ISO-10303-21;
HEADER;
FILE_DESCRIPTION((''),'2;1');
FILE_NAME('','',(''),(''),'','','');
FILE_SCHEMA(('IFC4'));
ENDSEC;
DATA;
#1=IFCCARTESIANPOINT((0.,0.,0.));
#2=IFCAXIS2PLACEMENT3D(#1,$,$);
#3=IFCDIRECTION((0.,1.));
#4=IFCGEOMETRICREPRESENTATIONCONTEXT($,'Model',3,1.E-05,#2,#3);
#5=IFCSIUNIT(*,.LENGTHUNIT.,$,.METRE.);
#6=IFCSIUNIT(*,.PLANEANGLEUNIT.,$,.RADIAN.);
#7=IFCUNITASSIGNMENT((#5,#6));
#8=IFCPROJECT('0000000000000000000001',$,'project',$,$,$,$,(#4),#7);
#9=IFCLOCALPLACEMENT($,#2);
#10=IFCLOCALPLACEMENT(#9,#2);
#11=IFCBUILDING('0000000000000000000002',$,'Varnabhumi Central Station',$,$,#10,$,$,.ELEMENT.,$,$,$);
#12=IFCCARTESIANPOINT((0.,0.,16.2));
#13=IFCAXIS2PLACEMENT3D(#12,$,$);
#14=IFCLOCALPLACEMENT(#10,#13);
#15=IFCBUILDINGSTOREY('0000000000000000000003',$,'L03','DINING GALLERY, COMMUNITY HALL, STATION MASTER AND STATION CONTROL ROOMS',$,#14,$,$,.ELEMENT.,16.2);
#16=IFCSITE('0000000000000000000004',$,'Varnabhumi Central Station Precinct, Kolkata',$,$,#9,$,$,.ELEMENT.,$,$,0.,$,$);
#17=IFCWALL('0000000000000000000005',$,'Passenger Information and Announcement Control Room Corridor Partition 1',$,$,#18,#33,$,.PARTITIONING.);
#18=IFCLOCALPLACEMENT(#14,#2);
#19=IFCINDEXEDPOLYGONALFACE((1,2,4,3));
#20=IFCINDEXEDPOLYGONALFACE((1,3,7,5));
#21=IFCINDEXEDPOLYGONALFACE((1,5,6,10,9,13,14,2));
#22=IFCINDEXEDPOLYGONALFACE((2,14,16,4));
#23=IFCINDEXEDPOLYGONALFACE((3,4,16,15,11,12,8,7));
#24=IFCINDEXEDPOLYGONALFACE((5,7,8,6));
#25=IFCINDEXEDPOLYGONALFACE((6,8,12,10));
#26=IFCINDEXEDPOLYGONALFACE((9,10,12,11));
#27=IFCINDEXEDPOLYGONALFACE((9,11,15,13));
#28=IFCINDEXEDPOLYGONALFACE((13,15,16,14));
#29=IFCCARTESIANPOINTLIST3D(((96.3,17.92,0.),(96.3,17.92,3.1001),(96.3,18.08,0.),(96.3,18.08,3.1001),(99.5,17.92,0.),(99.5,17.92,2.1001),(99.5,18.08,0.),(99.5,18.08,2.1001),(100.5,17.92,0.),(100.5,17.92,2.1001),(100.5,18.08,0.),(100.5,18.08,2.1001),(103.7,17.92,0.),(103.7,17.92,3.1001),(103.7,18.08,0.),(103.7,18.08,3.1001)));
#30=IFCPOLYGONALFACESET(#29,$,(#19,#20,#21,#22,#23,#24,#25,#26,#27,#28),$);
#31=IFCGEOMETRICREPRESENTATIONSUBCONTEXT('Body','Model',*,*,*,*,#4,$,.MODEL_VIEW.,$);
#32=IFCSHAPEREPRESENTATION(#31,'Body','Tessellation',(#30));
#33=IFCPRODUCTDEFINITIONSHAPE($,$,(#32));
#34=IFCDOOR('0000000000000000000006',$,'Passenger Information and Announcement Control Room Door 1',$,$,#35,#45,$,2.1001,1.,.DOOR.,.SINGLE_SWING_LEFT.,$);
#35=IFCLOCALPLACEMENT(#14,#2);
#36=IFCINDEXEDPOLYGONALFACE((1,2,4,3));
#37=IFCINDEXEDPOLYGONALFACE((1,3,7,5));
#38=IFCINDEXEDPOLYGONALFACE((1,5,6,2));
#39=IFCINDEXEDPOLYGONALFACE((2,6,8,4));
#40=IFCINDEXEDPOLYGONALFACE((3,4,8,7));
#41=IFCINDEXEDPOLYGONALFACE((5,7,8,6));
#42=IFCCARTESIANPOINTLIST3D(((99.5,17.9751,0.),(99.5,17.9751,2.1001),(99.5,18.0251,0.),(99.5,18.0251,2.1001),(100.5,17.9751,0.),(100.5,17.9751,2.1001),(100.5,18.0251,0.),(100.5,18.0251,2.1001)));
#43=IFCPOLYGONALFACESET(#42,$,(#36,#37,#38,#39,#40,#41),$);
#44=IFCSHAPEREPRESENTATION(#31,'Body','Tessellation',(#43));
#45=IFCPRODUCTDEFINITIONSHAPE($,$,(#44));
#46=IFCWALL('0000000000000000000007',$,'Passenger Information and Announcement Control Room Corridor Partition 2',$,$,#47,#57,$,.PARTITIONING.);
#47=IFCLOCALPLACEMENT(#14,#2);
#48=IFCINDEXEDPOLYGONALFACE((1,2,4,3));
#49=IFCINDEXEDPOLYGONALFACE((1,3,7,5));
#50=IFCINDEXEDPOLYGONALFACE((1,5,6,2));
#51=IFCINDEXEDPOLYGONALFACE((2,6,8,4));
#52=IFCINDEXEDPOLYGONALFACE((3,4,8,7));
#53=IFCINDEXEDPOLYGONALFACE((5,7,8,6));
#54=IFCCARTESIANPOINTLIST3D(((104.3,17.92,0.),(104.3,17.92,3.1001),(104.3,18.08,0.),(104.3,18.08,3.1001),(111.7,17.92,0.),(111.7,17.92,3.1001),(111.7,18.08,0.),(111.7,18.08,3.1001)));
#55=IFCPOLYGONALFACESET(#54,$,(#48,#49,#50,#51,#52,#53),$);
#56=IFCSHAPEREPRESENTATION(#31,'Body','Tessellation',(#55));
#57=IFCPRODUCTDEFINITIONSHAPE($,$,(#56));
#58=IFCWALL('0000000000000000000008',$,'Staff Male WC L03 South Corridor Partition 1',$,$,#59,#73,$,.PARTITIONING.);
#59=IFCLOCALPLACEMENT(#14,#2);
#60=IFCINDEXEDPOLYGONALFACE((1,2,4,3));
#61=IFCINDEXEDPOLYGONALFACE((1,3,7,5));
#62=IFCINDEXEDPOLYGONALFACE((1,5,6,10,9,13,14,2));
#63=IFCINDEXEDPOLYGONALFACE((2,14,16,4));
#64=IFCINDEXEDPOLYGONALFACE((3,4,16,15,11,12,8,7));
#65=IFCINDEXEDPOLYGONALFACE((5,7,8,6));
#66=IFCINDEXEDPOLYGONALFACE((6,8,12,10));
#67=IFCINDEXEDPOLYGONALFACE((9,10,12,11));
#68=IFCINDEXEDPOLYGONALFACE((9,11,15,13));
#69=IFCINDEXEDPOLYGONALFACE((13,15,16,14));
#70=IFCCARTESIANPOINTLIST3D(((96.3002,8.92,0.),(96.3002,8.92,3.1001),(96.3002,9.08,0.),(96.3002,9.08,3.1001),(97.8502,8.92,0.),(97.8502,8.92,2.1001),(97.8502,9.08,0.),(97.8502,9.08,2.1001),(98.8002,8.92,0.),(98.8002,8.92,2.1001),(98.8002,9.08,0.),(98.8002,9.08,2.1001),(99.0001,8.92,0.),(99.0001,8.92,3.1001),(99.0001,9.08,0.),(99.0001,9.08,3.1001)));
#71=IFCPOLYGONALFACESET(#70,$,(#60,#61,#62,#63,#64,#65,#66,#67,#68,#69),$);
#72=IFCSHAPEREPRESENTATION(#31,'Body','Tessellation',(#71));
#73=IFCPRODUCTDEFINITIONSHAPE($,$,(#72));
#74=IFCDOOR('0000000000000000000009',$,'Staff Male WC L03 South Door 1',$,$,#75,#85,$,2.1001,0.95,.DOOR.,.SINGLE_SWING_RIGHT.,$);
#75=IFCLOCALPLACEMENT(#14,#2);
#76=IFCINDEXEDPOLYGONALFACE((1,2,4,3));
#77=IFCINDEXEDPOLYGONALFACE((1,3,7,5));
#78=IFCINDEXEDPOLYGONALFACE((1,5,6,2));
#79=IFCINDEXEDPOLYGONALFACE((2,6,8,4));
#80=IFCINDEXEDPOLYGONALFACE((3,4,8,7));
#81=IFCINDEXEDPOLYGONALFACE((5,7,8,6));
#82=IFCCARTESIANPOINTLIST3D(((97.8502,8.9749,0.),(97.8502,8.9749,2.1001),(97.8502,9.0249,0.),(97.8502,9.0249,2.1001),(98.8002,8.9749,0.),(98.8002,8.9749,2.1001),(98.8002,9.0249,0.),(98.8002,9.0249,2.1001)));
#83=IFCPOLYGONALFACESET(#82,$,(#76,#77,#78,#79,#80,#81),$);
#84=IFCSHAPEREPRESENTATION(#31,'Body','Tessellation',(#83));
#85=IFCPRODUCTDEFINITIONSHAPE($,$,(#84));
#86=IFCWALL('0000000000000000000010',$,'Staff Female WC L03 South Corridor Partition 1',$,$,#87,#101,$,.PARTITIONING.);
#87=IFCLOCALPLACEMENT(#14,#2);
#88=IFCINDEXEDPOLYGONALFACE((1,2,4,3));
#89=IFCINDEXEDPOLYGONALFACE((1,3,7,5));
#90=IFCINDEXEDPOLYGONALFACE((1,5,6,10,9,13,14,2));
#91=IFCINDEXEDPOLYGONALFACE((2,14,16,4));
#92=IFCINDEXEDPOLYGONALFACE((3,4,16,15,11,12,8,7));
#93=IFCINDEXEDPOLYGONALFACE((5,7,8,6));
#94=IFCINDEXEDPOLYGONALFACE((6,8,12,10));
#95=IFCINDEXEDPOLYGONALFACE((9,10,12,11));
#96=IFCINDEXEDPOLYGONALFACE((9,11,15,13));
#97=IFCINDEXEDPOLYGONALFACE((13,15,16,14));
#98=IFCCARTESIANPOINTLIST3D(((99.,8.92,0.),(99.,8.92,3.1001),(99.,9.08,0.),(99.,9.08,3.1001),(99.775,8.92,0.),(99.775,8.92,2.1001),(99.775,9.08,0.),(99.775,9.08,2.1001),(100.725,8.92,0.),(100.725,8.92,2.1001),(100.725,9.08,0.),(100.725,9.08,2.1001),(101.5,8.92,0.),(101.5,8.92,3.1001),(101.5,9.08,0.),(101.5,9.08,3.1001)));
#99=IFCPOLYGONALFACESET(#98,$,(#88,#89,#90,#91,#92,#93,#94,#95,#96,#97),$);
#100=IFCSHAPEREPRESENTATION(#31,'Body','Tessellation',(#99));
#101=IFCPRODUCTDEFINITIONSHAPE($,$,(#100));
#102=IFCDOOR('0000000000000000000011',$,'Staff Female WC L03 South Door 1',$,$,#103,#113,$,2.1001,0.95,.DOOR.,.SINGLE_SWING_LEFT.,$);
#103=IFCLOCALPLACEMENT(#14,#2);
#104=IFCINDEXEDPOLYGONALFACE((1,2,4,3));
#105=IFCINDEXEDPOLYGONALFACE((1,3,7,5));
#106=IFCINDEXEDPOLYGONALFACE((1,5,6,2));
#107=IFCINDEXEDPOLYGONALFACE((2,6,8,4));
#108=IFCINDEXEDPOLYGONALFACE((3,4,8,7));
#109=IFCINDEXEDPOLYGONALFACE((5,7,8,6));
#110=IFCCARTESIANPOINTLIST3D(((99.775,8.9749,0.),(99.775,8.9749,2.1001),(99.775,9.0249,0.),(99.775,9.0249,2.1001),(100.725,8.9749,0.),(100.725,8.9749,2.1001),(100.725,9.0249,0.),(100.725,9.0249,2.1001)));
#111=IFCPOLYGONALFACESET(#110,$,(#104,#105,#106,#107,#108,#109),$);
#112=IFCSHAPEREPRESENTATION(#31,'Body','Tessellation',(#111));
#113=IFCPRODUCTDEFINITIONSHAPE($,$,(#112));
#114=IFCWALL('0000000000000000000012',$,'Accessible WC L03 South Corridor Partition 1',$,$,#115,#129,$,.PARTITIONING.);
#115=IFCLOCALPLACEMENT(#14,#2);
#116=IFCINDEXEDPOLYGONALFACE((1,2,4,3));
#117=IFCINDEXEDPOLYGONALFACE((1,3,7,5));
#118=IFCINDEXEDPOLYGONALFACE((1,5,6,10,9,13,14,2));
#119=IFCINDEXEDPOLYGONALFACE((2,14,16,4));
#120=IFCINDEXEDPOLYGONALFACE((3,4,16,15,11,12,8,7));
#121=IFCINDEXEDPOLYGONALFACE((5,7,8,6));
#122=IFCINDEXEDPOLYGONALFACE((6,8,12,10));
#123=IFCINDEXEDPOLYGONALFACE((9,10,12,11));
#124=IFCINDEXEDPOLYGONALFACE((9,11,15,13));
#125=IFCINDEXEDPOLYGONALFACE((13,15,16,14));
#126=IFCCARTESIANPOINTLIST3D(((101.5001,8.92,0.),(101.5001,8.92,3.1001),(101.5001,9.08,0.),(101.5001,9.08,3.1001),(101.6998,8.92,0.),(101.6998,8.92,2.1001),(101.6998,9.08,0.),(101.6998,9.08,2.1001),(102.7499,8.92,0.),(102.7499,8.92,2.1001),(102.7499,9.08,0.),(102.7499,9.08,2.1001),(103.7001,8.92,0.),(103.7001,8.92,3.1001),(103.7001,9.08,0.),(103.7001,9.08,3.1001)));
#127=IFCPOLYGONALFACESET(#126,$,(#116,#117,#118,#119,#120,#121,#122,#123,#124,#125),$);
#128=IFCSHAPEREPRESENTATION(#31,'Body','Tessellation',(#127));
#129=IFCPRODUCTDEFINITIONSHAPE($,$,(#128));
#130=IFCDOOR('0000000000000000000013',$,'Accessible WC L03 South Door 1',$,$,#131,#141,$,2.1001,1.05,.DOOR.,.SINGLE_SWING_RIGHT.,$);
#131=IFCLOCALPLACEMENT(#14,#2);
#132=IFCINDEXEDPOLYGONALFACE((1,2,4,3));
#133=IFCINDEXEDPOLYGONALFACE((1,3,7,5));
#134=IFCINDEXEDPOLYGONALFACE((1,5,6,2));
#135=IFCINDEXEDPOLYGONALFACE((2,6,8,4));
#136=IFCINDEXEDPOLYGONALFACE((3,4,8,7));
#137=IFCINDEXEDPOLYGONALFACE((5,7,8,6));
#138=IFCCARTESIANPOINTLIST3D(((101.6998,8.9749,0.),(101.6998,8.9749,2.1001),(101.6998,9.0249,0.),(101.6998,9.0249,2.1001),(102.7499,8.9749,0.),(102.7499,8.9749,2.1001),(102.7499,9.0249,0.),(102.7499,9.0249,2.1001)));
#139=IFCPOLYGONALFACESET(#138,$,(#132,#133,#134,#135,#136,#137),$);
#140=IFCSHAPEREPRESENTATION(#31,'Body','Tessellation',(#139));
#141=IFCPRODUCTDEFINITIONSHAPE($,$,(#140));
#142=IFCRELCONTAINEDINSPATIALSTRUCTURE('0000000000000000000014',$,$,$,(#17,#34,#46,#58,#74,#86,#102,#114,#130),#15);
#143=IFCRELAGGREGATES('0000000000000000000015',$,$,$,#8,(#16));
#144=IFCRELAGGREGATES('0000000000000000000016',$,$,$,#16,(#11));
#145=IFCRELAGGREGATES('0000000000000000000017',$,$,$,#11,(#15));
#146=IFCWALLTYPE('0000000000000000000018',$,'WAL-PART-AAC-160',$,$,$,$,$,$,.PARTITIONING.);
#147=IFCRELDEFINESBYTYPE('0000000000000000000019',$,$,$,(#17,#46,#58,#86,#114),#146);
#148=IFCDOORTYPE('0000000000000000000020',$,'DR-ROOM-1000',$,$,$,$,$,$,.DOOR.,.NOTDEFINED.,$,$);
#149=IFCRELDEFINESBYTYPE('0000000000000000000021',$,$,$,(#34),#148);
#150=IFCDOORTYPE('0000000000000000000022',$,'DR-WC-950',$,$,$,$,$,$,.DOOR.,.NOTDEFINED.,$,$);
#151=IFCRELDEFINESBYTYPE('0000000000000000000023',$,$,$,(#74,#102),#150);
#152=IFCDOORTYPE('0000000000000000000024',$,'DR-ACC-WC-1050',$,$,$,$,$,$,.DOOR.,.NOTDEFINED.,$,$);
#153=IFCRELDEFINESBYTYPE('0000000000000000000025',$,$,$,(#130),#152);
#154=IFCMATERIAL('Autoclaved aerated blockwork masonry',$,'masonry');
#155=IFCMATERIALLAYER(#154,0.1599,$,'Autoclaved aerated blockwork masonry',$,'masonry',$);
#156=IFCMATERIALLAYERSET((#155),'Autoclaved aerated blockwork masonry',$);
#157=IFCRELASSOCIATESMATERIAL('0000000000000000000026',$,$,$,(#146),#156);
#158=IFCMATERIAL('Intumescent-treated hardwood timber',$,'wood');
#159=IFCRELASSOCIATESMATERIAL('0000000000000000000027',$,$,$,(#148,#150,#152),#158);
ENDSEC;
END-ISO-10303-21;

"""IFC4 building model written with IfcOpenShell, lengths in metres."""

from ifc_helpers import new_model, si_unit, direction, frame, frame_2d, origin, place, context, subcontext, project, spatial, rectangle, extrude, material, layer, layer_set, type_object, element, fill, save


model = new_model("IFC4")

# Units and contexts
model_context = context("Model", 3, precision=1e-05, world=origin(), true_north=direction((0.0, 1.0)))
body_context = subcontext(model_context, "Body", "Model", "MODEL_VIEW")
ifc_project = project(units=[si_unit("LENGTHUNIT", "METRE"), si_unit("PLANEANGLEUNIT", "RADIAN")], contexts=[model_context])

# Site, building, storey
site_placement = place(None, origin())
site = spatial("IfcSite", under=ifc_project, at=site_placement, Name="Varnabhumi Central Station Precinct, Kolkata", CompositionType="ELEMENT", RefElevation=0.0)
building_placement = place(site_placement, origin())
building = spatial("IfcBuilding", under=site, at=building_placement, Name="Varnabhumi Central Station", CompositionType="ELEMENT")
storey_placement = place(building_placement, frame((0.0, 0.0, 16.2)))
storey = spatial("IfcBuildingStorey", under=building, at=storey_placement, Name="L03", Description="DINING GALLERY, COMMUNITY HALL, STATION MASTER AND STATION CONTROL ROOMS", CompositionType="ELEMENT", Elevation=16.2)

# Wall, opening, door
ifc_material_1 = material(Name="Autoclaved aerated blockwork masonry", Category="masonry")
ifc_layer = layer(ifc_material_1, 0.1599, Name="Autoclaved aerated blockwork masonry", Category="masonry")
ifc_layer_set = layer_set([ifc_layer], Name="Autoclaved aerated blockwork masonry")
wall_type = type_object("IfcWallType", Name="WAL-PART-AAC-160", PredefinedType="PARTITIONING", material=ifc_layer_set)
wall_1_placement = place(storey_placement, frame((96.3, 18.0, 0.0), z_axis=(0.0, 0.0, 1.0), x_axis=(1.0, 0.0, 0.0)))
wall_1 = element("IfcWall", 1, at=wall_1_placement, inside=storey, type_object=wall_type, Name="Passenger Information and Announcement Control Room Corridor Partition 1", PredefinedType="PARTITIONING", context=body_context, shape_type="SweptSolid", body=[
    extrude(rectangle(XDim=7.3999, YDim=0.1599, at=frame_2d((3.7, 0.0))), origin(), (0.0, 0.0, 1.0), 3.1001),
])
opening_1_placement = place(wall_1_placement, frame((3.2, 0.0, 0.0)))
opening_1 = element("IfcOpeningElement", 2, at=opening_1_placement, cuts=wall_1, PredefinedType="OPENING", context=body_context, shape_type="SweptSolid", body=[
    extrude(rectangle(XDim=1.0, YDim=2.1001, at=frame_2d((0.5, 1.05))), frame((0.0, 0.0898, 0.0), z_axis=(0.0, -1.0, 0.0), x_axis=(1.0, 0.0, 0.0)), (0.0, 0.0, 1.0), 0.1799),
])
ifc_material_2 = material(Name="Intumescent-treated hardwood timber", Category="wood")
door_type_1 = type_object("IfcDoorType", Name="DR-ROOM-1000", OperationType="NOTDEFINED", PredefinedType="DOOR", material=ifc_material_2)
door_1_placement = place(opening_1_placement, frame((1.0, 0.0, 0.0), z_axis=(0.0, 0.0, 1.0), x_axis=(-1.0, 0.0, 0.0)))
door_1 = element("IfcDoor", 3, at=door_1_placement, inside=storey, type_object=door_type_1, Name="Passenger Information and Announcement Control Room Door 1", OperationType="SINGLE_SWING_LEFT", OverallHeight=2.1001, OverallWidth=1.0, PredefinedType="DOOR", context=body_context, shape_type="SweptSolid", body=[
    extrude(rectangle(XDim=1.0, YDim=2.1001, at=frame_2d((0.5, 1.05))), frame((0.0, 0.0249, 0.0), z_axis=(0.0, -1.0, 0.0), x_axis=(1.0, 0.0, 0.0)), (0.0, 0.0, 1.0), 0.05),
])
fill(opening_1, door_1)

# Wall
wall_2_placement = place(storey_placement, frame((104.3, 18.0, 0.0), z_axis=(0.0, 0.0, 1.0), x_axis=(1.0, 0.0, 0.0)))
element("IfcWall", 4, at=wall_2_placement, inside=storey, type_object=wall_type, Name="Passenger Information and Announcement Control Room Corridor Partition 2", PredefinedType="PARTITIONING", context=body_context, shape_type="SweptSolid", body=[
    extrude(rectangle(XDim=7.3999, YDim=0.1599, at=frame_2d((3.7, 0.0))), origin(), (0.0, 0.0, 1.0), 3.1001),
])

# Walls, openings, doors
wall_3_placement = place(storey_placement, frame((96.3, 9.0, 0.0), z_axis=(0.0, 0.0, 1.0), x_axis=(1.0, 0.0, 0.0)))
wall_3 = element("IfcWall", 5, at=wall_3_placement, inside=storey, type_object=wall_type, Name="Staff Male WC L03 South Corridor Partition 1", PredefinedType="PARTITIONING", context=body_context, shape_type="SweptSolid", body=[
    extrude(rectangle(XDim=2.7, YDim=0.1599, at=frame_2d((1.3501, 0.0))), origin(), (0.0, 0.0, 1.0), 3.1001),
])
opening_2_placement = place(wall_3_placement, frame((1.55, 0.0, 0.0)))
opening_2 = element("IfcOpeningElement", 6, at=opening_2_placement, cuts=wall_3, PredefinedType="OPENING", context=body_context, shape_type="SweptSolid", body=[
    extrude(rectangle(XDim=0.95, YDim=2.1001, at=frame_2d((0.4751, 1.05))), frame((0.0, 0.0898, 0.0), z_axis=(0.0, -1.0, 0.0), x_axis=(1.0, 0.0, 0.0)), (0.0, 0.0, 1.0), 0.1799),
])
door_type_2 = type_object("IfcDoorType", Name="DR-WC-950", OperationType="NOTDEFINED", PredefinedType="DOOR", material=ifc_material_2)
door_2_placement = place(opening_2_placement, origin())
door_2 = element("IfcDoor", 7, at=door_2_placement, inside=storey, type_object=door_type_2, Name="Staff Male WC L03 South Door 1", OperationType="SINGLE_SWING_RIGHT", OverallHeight=2.1001, OverallWidth=0.95, PredefinedType="DOOR", context=body_context, shape_type="SweptSolid", body=[
    extrude(rectangle(XDim=0.95, YDim=2.1001, at=frame_2d((0.4751, 1.05))), frame((0.0, 0.0249, 0.0), z_axis=(0.0, -1.0, 0.0), x_axis=(1.0, 0.0, 0.0)), (0.0, 0.0, 1.0), 0.05),
])
fill(opening_2, door_2)
wall_4_placement = place(storey_placement, frame((99.0, 9.0, 0.0), z_axis=(0.0, 0.0, 1.0), x_axis=(1.0, 0.0, 0.0)))
wall_4 = element("IfcWall", 8, at=wall_4_placement, inside=storey, type_object=wall_type, Name="Staff Female WC L03 South Corridor Partition 1", PredefinedType="PARTITIONING", context=body_context, shape_type="SweptSolid", body=[
    extrude(rectangle(XDim=2.5, YDim=0.1599, at=frame_2d((1.25, 0.0))), origin(), (0.0, 0.0, 1.0), 3.1001),
])
opening_3_placement = place(wall_4_placement, frame((0.7749, 0.0, 0.0)))
opening_3 = element("IfcOpeningElement", 9, at=opening_3_placement, cuts=wall_4, PredefinedType="OPENING", context=body_context, shape_type="SweptSolid", body=[
    extrude(rectangle(XDim=0.95, YDim=2.1001, at=frame_2d((0.4751, 1.05))), frame((0.0, 0.0898, 0.0), z_axis=(0.0, -1.0, 0.0), x_axis=(1.0, 0.0, 0.0)), (0.0, 0.0, 1.0), 0.1799),
])
door_3_placement = place(opening_3_placement, origin())
door_3 = element("IfcDoor", 10, at=door_3_placement, inside=storey, type_object=door_type_2, Name="Staff Female WC L03 South Door 1", OperationType="SINGLE_SWING_LEFT", OverallHeight=2.1001, OverallWidth=0.95, PredefinedType="DOOR", context=body_context, shape_type="SweptSolid", body=[
    extrude(rectangle(XDim=0.95, YDim=2.1001, at=frame_2d((0.4751, 1.05))), frame((0.0, 0.0249, 0.0), z_axis=(0.0, -1.0, 0.0), x_axis=(1.0, 0.0, 0.0)), (0.0, 0.0, 1.0), 0.05),
])
fill(opening_3, door_3)
wall_5_placement = place(storey_placement, frame((101.5, 9.0, 0.0), z_axis=(0.0, 0.0, 1.0), x_axis=(1.0, 0.0, 0.0)))
wall_5 = element("IfcWall", 11, at=wall_5_placement, inside=storey, type_object=wall_type, Name="Accessible WC L03 South Corridor Partition 1", PredefinedType="PARTITIONING", context=body_context, shape_type="SweptSolid", body=[
    extrude(rectangle(XDim=2.2, YDim=0.1599, at=frame_2d((1.1001, 0.0))), origin(), (0.0, 0.0, 1.0), 3.1001),
])
opening_4_placement = place(wall_5_placement, frame((0.2, 0.0, 0.0)))
opening_4 = element("IfcOpeningElement", 12, at=opening_4_placement, cuts=wall_5, PredefinedType="OPENING", context=body_context, shape_type="SweptSolid", body=[
    extrude(rectangle(XDim=1.05, YDim=2.1001, at=frame_2d((0.5249, 1.05))), frame((0.0, 0.0898, 0.0), z_axis=(0.0, -1.0, 0.0), x_axis=(1.0, 0.0, 0.0)), (0.0, 0.0, 1.0), 0.1799),
])
door_type_3 = type_object("IfcDoorType", Name="DR-ACC-WC-1050", OperationType="NOTDEFINED", PredefinedType="DOOR", material=ifc_material_2)
door_4_placement = place(opening_4_placement, origin())
door_4 = element("IfcDoor", 13, at=door_4_placement, inside=storey, type_object=door_type_3, Name="Accessible WC L03 South Door 1", OperationType="SINGLE_SWING_RIGHT", OverallHeight=2.1001, OverallWidth=1.05, PredefinedType="DOOR", context=body_context, shape_type="SweptSolid", body=[
    extrude(rectangle(XDim=1.05, YDim=2.1001, at=frame_2d((0.5249, 1.05))), frame((0.0, 0.0249, 0.0), z_axis=(0.0, -1.0, 0.0), x_axis=(1.0, 0.0, 0.0)), (0.0, 0.0, 1.0), 0.05),
])
fill(opening_4, door_4)

save(model, "model.ifc")
